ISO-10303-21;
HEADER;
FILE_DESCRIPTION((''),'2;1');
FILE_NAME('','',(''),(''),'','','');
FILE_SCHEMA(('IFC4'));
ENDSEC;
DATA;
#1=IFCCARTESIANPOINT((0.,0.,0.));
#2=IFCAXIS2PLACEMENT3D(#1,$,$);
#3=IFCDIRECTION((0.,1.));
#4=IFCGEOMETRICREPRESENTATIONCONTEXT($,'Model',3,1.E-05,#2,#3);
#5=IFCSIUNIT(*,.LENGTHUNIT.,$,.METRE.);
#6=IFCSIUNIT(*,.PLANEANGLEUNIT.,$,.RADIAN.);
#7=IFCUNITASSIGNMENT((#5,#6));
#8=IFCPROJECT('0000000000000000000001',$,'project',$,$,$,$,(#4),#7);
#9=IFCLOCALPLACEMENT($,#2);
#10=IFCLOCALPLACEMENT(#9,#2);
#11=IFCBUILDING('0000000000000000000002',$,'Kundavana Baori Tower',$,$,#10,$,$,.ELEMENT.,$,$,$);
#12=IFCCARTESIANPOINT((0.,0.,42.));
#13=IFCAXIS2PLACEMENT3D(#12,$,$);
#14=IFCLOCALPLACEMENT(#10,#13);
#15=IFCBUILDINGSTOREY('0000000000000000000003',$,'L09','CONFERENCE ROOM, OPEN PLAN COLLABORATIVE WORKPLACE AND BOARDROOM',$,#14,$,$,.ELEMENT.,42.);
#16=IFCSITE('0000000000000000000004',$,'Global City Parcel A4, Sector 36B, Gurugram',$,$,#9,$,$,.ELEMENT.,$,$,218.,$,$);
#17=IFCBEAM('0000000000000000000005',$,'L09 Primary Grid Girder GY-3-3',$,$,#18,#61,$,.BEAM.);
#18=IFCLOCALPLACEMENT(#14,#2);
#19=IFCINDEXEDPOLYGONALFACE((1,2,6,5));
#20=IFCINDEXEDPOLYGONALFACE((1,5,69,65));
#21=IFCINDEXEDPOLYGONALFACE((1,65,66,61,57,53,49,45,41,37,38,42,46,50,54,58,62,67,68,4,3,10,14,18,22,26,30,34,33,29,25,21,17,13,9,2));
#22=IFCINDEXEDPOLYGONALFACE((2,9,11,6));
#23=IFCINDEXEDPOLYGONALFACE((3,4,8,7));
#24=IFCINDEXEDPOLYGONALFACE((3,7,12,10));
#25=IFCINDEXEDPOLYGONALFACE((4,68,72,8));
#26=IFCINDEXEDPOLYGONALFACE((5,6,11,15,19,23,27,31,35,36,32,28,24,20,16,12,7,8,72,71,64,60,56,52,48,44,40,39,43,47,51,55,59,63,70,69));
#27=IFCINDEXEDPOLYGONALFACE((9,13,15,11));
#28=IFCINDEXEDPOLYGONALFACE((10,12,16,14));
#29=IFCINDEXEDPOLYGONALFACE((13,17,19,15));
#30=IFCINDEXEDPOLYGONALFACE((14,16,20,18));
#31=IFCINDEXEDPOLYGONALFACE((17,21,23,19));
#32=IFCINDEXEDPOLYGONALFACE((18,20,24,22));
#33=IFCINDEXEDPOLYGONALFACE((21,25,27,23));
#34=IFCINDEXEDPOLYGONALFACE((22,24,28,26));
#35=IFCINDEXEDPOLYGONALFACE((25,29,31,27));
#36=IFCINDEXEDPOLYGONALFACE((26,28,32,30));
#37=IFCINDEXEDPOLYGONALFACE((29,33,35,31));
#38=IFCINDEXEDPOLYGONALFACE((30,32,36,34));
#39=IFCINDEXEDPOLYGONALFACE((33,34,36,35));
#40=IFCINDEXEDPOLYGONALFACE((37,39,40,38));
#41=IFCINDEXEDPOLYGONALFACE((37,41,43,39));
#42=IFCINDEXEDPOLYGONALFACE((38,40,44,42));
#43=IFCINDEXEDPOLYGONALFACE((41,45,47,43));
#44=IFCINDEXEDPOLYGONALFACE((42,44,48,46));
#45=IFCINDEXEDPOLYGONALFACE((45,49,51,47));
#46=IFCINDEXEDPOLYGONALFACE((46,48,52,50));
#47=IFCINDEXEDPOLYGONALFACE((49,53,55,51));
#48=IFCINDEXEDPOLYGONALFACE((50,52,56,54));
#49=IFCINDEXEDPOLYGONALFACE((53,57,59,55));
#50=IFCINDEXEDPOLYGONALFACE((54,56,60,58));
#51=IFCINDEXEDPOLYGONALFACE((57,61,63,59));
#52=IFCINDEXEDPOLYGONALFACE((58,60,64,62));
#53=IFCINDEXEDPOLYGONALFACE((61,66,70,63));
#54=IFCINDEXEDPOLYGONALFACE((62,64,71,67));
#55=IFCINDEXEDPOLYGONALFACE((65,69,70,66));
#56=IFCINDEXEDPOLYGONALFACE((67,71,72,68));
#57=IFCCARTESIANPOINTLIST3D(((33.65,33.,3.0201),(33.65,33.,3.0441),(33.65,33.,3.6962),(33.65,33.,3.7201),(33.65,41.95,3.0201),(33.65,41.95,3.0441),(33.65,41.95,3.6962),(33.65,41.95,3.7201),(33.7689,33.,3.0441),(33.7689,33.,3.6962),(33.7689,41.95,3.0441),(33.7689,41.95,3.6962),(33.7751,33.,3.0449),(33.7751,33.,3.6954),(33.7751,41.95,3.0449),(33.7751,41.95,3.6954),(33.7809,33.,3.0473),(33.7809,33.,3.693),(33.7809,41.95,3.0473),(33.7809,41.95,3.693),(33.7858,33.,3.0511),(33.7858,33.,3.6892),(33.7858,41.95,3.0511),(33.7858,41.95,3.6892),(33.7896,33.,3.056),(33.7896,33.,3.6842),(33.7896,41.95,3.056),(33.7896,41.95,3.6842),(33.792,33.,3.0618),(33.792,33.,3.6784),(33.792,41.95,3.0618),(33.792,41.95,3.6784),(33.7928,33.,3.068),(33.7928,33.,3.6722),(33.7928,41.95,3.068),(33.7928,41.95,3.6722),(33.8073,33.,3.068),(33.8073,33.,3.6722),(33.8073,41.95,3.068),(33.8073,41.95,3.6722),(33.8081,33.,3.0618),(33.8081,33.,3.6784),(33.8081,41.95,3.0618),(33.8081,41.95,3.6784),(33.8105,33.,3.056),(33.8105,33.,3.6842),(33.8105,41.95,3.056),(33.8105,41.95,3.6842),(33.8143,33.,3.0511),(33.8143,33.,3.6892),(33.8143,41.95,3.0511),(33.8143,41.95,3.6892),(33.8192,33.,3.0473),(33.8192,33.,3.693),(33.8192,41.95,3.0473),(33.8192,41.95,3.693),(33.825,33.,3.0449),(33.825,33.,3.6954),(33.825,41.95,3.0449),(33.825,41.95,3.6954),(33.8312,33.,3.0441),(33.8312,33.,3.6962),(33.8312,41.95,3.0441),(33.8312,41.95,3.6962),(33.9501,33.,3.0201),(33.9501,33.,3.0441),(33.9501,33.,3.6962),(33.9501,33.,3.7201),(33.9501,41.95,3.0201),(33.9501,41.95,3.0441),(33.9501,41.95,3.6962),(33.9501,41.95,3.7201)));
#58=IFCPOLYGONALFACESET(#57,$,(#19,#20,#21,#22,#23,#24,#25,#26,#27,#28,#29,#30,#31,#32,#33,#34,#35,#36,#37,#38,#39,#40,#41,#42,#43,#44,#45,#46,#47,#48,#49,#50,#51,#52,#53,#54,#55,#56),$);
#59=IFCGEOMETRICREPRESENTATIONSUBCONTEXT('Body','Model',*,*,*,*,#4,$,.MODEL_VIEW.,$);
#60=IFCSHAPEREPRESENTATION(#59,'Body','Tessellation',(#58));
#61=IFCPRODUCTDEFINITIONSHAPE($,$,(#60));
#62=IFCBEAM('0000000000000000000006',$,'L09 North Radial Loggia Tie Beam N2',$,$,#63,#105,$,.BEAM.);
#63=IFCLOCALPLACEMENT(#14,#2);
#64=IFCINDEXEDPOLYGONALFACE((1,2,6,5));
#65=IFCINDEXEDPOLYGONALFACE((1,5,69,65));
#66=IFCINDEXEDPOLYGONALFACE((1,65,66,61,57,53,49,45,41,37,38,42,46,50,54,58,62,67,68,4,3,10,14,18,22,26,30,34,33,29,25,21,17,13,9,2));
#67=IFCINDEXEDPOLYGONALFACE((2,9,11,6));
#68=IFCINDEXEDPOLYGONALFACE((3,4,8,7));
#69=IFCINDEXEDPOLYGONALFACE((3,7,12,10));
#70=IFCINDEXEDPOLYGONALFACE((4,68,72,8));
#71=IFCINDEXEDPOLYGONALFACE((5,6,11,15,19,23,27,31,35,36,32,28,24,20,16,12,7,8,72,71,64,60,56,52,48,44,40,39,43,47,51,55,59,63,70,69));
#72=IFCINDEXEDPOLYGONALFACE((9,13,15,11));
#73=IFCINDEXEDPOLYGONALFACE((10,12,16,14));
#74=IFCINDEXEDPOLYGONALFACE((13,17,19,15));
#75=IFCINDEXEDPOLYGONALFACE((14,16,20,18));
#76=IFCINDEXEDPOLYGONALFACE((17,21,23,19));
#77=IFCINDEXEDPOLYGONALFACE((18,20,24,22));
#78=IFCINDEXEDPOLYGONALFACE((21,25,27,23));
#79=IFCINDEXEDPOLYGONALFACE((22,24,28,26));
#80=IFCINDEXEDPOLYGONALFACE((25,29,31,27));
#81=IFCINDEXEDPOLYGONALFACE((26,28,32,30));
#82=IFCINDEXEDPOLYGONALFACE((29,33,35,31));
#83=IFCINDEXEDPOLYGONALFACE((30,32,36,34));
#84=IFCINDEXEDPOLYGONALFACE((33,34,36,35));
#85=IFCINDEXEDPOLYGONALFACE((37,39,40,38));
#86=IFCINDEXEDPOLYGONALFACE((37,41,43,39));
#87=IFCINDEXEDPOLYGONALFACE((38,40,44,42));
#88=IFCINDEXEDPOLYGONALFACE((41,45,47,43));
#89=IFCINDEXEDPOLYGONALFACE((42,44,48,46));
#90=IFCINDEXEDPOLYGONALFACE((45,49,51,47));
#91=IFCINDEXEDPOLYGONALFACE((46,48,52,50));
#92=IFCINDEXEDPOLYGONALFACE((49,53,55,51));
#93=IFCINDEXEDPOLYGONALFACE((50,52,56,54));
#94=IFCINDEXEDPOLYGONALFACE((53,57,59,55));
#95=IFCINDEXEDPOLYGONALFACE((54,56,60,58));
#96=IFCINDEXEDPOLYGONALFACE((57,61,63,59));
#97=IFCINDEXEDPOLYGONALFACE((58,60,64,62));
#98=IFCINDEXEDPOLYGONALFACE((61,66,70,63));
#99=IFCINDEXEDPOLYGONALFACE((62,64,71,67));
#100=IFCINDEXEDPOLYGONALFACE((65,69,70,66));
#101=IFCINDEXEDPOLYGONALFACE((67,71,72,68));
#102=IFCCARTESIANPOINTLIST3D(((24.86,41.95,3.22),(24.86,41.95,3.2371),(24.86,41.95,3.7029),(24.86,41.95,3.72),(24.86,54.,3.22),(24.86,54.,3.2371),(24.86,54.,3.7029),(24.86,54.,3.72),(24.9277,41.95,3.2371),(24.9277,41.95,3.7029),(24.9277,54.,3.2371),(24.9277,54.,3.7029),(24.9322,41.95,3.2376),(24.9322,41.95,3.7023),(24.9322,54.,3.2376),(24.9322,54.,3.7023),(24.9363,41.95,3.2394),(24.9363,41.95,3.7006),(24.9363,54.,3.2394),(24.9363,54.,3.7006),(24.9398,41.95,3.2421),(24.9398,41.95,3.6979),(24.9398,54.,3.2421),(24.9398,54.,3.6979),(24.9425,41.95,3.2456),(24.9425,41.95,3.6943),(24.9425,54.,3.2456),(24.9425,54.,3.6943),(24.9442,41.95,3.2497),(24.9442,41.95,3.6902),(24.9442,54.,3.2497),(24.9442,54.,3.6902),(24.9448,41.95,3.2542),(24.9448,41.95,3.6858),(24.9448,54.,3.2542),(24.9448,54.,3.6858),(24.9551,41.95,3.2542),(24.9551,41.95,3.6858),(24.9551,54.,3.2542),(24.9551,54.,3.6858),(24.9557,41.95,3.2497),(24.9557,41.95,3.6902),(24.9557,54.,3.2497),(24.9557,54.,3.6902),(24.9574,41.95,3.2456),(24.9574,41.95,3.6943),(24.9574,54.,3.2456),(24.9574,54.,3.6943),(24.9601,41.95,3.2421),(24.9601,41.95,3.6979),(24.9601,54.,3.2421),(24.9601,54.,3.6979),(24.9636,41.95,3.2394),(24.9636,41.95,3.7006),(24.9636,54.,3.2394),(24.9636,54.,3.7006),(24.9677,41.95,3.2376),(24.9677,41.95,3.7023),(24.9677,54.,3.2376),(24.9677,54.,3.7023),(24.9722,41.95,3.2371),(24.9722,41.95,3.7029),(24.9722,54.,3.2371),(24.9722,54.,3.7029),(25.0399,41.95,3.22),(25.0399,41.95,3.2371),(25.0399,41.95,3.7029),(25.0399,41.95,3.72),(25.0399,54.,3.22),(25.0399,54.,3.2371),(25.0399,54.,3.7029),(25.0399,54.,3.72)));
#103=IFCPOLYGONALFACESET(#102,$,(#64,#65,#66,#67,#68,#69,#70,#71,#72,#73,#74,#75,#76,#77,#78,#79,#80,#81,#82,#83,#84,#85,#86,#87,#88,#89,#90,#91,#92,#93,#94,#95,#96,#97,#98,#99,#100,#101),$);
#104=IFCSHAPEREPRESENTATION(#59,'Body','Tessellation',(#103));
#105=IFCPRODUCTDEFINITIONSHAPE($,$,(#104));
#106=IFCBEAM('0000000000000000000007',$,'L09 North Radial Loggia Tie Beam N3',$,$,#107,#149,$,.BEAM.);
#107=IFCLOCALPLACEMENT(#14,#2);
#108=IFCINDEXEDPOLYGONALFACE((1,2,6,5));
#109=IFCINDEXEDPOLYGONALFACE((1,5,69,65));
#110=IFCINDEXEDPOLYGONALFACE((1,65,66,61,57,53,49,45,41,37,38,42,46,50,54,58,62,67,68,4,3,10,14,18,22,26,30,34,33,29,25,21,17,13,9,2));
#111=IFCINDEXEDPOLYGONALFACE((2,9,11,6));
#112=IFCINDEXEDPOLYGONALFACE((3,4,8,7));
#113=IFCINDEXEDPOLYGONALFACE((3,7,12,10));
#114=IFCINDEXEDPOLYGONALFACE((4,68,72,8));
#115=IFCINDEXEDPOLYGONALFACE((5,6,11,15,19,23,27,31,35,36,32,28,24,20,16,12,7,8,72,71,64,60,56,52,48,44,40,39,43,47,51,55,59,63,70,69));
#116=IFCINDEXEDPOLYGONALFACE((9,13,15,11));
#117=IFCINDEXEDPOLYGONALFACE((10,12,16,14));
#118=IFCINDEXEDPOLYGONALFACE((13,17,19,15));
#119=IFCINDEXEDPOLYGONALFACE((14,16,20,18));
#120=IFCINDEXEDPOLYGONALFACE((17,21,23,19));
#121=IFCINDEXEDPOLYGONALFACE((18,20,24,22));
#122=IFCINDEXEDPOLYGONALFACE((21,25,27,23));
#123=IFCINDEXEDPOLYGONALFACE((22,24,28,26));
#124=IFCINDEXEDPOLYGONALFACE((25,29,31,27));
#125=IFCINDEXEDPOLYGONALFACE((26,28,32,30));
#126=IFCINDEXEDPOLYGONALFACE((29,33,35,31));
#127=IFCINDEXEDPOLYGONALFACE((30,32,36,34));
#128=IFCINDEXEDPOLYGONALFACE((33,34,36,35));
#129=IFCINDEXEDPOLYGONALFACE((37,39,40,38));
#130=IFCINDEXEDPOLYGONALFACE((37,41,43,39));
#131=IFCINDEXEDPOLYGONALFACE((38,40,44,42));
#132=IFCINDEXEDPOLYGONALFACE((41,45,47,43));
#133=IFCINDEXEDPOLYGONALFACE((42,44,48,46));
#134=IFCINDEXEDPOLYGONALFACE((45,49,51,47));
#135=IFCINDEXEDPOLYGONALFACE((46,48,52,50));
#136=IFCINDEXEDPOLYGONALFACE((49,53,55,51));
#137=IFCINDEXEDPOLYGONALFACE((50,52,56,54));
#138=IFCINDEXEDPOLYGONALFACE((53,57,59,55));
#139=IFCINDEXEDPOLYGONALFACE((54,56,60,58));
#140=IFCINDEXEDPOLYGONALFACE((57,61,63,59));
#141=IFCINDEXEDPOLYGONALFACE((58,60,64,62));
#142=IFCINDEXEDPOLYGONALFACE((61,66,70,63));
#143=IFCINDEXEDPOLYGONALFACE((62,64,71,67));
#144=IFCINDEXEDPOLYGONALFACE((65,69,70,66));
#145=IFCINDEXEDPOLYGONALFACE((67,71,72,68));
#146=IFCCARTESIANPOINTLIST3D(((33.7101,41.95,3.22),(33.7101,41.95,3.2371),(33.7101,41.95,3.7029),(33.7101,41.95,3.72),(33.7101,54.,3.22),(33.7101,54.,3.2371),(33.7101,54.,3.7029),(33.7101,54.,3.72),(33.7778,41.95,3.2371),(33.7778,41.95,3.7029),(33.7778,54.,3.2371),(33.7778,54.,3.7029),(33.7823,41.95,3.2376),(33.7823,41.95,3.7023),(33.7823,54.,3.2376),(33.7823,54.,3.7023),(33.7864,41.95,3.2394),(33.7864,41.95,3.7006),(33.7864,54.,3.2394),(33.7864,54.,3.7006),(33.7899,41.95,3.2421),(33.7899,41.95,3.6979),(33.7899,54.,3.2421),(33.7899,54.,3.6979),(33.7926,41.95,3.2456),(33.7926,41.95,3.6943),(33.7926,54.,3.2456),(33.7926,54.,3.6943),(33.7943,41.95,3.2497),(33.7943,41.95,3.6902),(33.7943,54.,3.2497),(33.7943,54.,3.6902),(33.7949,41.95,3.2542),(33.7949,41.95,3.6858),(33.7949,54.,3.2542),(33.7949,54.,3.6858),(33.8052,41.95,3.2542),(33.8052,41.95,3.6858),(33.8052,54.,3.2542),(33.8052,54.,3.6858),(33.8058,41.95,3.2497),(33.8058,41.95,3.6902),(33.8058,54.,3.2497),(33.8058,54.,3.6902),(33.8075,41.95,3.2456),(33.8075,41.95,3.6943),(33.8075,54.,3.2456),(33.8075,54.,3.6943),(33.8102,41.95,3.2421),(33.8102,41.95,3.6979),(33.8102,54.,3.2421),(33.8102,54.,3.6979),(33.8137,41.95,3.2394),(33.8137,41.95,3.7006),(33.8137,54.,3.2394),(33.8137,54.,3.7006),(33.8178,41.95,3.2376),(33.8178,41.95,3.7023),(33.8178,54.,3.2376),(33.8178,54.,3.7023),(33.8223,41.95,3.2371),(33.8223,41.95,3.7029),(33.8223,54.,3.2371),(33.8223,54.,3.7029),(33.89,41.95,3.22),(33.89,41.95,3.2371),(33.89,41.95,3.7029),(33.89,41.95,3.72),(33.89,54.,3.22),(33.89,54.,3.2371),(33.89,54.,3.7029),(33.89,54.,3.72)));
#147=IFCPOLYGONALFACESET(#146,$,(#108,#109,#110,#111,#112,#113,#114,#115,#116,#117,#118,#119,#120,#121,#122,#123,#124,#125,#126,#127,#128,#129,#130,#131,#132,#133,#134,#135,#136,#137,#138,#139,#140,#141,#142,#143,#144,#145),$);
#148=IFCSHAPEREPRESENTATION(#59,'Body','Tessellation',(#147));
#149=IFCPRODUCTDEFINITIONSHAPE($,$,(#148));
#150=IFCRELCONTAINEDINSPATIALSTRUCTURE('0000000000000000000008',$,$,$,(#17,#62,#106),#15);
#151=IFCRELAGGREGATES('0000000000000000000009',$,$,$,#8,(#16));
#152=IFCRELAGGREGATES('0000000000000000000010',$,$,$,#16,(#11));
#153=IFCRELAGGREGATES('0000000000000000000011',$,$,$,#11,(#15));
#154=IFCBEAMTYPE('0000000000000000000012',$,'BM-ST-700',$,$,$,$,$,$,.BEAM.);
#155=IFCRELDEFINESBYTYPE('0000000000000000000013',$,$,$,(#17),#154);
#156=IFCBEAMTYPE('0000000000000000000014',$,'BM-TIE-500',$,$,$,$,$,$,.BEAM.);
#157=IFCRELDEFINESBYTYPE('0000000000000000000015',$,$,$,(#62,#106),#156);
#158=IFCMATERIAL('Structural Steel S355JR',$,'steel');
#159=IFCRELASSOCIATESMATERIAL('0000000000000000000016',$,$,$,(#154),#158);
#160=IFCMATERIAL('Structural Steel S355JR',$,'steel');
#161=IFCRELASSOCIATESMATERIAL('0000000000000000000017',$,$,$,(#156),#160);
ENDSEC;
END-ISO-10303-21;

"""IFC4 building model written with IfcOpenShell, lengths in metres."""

from ifc_helpers import new_model, si_unit, direction, frame, origin, origin_2d, place, context, subcontext, project, spatial, i_section, extrude, material, material_profile, profile_set, type_object, element, save


model = new_model("IFC4")

# Units and contexts
model_context = context("Model", 3, precision=1e-05, world=origin(), true_north=direction((0.0, 1.0)))
body_context = subcontext(model_context, "Body", "Model", "MODEL_VIEW")
ifc_project = project(units=[si_unit("LENGTHUNIT", "METRE"), si_unit("PLANEANGLEUNIT", "RADIAN")], contexts=[model_context])

# Site, building, storey
site_placement = place(None, origin())
site = spatial("IfcSite", under=ifc_project, at=site_placement, Name="Global City Parcel A4, Sector 36B, Gurugram", CompositionType="ELEMENT", RefElevation=218.0)
building_placement = place(site_placement, origin())
building = spatial("IfcBuilding", under=site, at=building_placement, Name="Kundavana Baori Tower", CompositionType="ELEMENT")
storey_placement = place(building_placement, frame((0.0, 0.0, 42.0)))
storey = spatial("IfcBuildingStorey", under=building, at=storey_placement, Name="L09", Description="CONFERENCE ROOM, OPEN PLAN COLLABORATIVE WORKPLACE AND BOARDROOM", CompositionType="ELEMENT", Elevation=42.0)

# Beams
ifc_material_1 = material(Name="Structural Steel S355JR", Category="steel")
ifc_material_profile_1 = material_profile(ifc_material_1, i_section(OverallWidth=0.3, OverallDepth=0.7, WebThickness=0.0144, FlangeThickness=0.0239, FilletRadius=0.0239, at=origin_2d()), Name="NPB 700x300x170")
ifc_profile_set_1 = profile_set([ifc_material_profile_1], Name="Structural Steel S355JR")
beam_type_1 = type_object("IfcBeamType", Name="BM-ST-700", PredefinedType="BEAM", material=ifc_profile_set_1)
beam_1_placement = place(storey_placement, frame((33.8, 33.0, 3.3701), z_axis=(0.0, 1.0, 0.0), x_axis=(-1.0, 0.0, 0.0)))
element("IfcBeam", 1, at=beam_1_placement, inside=storey, type_object=beam_type_1, Name="L09 Primary Grid Girder GY-3-3", PredefinedType="BEAM", context=body_context, shape_type="SweptSolid", body=[
    extrude(i_section(OverallWidth=0.3, OverallDepth=0.7, WebThickness=0.0144, FlangeThickness=0.0239, FilletRadius=0.0239, at=origin_2d()), origin(), (0.0, 0.0, 1.0), 8.95),
])
ifc_material_2 = material(Name="Structural Steel S355JR", Category="steel")
ifc_material_profile_2 = material_profile(ifc_material_2, i_section(OverallWidth=0.1799, OverallDepth=0.5, WebThickness=0.0103, FlangeThickness=0.0171, FilletRadius=0.0171, at=origin_2d()), Name="ISMB 500")
ifc_profile_set_2 = profile_set([ifc_material_profile_2], Name="Structural Steel S355JR")
beam_type_2 = type_object("IfcBeamType", Name="BM-TIE-500", PredefinedType="BEAM", material=ifc_profile_set_2)
for number, where, z_axis, x_axis, name in (
    (2, (24.95, 41.95, 3.47), (0.0, 1.0, 0.0), (-1.0, 0.0, 0.0), "L09 North Radial Loggia Tie Beam N2"),
    (3, (33.8, 41.95, 3.47), (0.0, 1.0, 0.0), (-1.0, 0.0, 0.0), "L09 North Radial Loggia Tie Beam N3"),
):
    element("IfcBeam", number, at=place(storey_placement, frame(where, z_axis=z_axis, x_axis=x_axis)), inside=storey, type_object=beam_type_2, Name=name, PredefinedType="BEAM", context=body_context, shape_type="SweptSolid", body=[
        extrude(i_section(OverallWidth=0.1799, OverallDepth=0.5, WebThickness=0.0103, FlangeThickness=0.0171, FilletRadius=0.0171, at=origin_2d()), origin(), (0.0, 0.0, 1.0), 12.05),
    ])

save(model, "model.ifc")
